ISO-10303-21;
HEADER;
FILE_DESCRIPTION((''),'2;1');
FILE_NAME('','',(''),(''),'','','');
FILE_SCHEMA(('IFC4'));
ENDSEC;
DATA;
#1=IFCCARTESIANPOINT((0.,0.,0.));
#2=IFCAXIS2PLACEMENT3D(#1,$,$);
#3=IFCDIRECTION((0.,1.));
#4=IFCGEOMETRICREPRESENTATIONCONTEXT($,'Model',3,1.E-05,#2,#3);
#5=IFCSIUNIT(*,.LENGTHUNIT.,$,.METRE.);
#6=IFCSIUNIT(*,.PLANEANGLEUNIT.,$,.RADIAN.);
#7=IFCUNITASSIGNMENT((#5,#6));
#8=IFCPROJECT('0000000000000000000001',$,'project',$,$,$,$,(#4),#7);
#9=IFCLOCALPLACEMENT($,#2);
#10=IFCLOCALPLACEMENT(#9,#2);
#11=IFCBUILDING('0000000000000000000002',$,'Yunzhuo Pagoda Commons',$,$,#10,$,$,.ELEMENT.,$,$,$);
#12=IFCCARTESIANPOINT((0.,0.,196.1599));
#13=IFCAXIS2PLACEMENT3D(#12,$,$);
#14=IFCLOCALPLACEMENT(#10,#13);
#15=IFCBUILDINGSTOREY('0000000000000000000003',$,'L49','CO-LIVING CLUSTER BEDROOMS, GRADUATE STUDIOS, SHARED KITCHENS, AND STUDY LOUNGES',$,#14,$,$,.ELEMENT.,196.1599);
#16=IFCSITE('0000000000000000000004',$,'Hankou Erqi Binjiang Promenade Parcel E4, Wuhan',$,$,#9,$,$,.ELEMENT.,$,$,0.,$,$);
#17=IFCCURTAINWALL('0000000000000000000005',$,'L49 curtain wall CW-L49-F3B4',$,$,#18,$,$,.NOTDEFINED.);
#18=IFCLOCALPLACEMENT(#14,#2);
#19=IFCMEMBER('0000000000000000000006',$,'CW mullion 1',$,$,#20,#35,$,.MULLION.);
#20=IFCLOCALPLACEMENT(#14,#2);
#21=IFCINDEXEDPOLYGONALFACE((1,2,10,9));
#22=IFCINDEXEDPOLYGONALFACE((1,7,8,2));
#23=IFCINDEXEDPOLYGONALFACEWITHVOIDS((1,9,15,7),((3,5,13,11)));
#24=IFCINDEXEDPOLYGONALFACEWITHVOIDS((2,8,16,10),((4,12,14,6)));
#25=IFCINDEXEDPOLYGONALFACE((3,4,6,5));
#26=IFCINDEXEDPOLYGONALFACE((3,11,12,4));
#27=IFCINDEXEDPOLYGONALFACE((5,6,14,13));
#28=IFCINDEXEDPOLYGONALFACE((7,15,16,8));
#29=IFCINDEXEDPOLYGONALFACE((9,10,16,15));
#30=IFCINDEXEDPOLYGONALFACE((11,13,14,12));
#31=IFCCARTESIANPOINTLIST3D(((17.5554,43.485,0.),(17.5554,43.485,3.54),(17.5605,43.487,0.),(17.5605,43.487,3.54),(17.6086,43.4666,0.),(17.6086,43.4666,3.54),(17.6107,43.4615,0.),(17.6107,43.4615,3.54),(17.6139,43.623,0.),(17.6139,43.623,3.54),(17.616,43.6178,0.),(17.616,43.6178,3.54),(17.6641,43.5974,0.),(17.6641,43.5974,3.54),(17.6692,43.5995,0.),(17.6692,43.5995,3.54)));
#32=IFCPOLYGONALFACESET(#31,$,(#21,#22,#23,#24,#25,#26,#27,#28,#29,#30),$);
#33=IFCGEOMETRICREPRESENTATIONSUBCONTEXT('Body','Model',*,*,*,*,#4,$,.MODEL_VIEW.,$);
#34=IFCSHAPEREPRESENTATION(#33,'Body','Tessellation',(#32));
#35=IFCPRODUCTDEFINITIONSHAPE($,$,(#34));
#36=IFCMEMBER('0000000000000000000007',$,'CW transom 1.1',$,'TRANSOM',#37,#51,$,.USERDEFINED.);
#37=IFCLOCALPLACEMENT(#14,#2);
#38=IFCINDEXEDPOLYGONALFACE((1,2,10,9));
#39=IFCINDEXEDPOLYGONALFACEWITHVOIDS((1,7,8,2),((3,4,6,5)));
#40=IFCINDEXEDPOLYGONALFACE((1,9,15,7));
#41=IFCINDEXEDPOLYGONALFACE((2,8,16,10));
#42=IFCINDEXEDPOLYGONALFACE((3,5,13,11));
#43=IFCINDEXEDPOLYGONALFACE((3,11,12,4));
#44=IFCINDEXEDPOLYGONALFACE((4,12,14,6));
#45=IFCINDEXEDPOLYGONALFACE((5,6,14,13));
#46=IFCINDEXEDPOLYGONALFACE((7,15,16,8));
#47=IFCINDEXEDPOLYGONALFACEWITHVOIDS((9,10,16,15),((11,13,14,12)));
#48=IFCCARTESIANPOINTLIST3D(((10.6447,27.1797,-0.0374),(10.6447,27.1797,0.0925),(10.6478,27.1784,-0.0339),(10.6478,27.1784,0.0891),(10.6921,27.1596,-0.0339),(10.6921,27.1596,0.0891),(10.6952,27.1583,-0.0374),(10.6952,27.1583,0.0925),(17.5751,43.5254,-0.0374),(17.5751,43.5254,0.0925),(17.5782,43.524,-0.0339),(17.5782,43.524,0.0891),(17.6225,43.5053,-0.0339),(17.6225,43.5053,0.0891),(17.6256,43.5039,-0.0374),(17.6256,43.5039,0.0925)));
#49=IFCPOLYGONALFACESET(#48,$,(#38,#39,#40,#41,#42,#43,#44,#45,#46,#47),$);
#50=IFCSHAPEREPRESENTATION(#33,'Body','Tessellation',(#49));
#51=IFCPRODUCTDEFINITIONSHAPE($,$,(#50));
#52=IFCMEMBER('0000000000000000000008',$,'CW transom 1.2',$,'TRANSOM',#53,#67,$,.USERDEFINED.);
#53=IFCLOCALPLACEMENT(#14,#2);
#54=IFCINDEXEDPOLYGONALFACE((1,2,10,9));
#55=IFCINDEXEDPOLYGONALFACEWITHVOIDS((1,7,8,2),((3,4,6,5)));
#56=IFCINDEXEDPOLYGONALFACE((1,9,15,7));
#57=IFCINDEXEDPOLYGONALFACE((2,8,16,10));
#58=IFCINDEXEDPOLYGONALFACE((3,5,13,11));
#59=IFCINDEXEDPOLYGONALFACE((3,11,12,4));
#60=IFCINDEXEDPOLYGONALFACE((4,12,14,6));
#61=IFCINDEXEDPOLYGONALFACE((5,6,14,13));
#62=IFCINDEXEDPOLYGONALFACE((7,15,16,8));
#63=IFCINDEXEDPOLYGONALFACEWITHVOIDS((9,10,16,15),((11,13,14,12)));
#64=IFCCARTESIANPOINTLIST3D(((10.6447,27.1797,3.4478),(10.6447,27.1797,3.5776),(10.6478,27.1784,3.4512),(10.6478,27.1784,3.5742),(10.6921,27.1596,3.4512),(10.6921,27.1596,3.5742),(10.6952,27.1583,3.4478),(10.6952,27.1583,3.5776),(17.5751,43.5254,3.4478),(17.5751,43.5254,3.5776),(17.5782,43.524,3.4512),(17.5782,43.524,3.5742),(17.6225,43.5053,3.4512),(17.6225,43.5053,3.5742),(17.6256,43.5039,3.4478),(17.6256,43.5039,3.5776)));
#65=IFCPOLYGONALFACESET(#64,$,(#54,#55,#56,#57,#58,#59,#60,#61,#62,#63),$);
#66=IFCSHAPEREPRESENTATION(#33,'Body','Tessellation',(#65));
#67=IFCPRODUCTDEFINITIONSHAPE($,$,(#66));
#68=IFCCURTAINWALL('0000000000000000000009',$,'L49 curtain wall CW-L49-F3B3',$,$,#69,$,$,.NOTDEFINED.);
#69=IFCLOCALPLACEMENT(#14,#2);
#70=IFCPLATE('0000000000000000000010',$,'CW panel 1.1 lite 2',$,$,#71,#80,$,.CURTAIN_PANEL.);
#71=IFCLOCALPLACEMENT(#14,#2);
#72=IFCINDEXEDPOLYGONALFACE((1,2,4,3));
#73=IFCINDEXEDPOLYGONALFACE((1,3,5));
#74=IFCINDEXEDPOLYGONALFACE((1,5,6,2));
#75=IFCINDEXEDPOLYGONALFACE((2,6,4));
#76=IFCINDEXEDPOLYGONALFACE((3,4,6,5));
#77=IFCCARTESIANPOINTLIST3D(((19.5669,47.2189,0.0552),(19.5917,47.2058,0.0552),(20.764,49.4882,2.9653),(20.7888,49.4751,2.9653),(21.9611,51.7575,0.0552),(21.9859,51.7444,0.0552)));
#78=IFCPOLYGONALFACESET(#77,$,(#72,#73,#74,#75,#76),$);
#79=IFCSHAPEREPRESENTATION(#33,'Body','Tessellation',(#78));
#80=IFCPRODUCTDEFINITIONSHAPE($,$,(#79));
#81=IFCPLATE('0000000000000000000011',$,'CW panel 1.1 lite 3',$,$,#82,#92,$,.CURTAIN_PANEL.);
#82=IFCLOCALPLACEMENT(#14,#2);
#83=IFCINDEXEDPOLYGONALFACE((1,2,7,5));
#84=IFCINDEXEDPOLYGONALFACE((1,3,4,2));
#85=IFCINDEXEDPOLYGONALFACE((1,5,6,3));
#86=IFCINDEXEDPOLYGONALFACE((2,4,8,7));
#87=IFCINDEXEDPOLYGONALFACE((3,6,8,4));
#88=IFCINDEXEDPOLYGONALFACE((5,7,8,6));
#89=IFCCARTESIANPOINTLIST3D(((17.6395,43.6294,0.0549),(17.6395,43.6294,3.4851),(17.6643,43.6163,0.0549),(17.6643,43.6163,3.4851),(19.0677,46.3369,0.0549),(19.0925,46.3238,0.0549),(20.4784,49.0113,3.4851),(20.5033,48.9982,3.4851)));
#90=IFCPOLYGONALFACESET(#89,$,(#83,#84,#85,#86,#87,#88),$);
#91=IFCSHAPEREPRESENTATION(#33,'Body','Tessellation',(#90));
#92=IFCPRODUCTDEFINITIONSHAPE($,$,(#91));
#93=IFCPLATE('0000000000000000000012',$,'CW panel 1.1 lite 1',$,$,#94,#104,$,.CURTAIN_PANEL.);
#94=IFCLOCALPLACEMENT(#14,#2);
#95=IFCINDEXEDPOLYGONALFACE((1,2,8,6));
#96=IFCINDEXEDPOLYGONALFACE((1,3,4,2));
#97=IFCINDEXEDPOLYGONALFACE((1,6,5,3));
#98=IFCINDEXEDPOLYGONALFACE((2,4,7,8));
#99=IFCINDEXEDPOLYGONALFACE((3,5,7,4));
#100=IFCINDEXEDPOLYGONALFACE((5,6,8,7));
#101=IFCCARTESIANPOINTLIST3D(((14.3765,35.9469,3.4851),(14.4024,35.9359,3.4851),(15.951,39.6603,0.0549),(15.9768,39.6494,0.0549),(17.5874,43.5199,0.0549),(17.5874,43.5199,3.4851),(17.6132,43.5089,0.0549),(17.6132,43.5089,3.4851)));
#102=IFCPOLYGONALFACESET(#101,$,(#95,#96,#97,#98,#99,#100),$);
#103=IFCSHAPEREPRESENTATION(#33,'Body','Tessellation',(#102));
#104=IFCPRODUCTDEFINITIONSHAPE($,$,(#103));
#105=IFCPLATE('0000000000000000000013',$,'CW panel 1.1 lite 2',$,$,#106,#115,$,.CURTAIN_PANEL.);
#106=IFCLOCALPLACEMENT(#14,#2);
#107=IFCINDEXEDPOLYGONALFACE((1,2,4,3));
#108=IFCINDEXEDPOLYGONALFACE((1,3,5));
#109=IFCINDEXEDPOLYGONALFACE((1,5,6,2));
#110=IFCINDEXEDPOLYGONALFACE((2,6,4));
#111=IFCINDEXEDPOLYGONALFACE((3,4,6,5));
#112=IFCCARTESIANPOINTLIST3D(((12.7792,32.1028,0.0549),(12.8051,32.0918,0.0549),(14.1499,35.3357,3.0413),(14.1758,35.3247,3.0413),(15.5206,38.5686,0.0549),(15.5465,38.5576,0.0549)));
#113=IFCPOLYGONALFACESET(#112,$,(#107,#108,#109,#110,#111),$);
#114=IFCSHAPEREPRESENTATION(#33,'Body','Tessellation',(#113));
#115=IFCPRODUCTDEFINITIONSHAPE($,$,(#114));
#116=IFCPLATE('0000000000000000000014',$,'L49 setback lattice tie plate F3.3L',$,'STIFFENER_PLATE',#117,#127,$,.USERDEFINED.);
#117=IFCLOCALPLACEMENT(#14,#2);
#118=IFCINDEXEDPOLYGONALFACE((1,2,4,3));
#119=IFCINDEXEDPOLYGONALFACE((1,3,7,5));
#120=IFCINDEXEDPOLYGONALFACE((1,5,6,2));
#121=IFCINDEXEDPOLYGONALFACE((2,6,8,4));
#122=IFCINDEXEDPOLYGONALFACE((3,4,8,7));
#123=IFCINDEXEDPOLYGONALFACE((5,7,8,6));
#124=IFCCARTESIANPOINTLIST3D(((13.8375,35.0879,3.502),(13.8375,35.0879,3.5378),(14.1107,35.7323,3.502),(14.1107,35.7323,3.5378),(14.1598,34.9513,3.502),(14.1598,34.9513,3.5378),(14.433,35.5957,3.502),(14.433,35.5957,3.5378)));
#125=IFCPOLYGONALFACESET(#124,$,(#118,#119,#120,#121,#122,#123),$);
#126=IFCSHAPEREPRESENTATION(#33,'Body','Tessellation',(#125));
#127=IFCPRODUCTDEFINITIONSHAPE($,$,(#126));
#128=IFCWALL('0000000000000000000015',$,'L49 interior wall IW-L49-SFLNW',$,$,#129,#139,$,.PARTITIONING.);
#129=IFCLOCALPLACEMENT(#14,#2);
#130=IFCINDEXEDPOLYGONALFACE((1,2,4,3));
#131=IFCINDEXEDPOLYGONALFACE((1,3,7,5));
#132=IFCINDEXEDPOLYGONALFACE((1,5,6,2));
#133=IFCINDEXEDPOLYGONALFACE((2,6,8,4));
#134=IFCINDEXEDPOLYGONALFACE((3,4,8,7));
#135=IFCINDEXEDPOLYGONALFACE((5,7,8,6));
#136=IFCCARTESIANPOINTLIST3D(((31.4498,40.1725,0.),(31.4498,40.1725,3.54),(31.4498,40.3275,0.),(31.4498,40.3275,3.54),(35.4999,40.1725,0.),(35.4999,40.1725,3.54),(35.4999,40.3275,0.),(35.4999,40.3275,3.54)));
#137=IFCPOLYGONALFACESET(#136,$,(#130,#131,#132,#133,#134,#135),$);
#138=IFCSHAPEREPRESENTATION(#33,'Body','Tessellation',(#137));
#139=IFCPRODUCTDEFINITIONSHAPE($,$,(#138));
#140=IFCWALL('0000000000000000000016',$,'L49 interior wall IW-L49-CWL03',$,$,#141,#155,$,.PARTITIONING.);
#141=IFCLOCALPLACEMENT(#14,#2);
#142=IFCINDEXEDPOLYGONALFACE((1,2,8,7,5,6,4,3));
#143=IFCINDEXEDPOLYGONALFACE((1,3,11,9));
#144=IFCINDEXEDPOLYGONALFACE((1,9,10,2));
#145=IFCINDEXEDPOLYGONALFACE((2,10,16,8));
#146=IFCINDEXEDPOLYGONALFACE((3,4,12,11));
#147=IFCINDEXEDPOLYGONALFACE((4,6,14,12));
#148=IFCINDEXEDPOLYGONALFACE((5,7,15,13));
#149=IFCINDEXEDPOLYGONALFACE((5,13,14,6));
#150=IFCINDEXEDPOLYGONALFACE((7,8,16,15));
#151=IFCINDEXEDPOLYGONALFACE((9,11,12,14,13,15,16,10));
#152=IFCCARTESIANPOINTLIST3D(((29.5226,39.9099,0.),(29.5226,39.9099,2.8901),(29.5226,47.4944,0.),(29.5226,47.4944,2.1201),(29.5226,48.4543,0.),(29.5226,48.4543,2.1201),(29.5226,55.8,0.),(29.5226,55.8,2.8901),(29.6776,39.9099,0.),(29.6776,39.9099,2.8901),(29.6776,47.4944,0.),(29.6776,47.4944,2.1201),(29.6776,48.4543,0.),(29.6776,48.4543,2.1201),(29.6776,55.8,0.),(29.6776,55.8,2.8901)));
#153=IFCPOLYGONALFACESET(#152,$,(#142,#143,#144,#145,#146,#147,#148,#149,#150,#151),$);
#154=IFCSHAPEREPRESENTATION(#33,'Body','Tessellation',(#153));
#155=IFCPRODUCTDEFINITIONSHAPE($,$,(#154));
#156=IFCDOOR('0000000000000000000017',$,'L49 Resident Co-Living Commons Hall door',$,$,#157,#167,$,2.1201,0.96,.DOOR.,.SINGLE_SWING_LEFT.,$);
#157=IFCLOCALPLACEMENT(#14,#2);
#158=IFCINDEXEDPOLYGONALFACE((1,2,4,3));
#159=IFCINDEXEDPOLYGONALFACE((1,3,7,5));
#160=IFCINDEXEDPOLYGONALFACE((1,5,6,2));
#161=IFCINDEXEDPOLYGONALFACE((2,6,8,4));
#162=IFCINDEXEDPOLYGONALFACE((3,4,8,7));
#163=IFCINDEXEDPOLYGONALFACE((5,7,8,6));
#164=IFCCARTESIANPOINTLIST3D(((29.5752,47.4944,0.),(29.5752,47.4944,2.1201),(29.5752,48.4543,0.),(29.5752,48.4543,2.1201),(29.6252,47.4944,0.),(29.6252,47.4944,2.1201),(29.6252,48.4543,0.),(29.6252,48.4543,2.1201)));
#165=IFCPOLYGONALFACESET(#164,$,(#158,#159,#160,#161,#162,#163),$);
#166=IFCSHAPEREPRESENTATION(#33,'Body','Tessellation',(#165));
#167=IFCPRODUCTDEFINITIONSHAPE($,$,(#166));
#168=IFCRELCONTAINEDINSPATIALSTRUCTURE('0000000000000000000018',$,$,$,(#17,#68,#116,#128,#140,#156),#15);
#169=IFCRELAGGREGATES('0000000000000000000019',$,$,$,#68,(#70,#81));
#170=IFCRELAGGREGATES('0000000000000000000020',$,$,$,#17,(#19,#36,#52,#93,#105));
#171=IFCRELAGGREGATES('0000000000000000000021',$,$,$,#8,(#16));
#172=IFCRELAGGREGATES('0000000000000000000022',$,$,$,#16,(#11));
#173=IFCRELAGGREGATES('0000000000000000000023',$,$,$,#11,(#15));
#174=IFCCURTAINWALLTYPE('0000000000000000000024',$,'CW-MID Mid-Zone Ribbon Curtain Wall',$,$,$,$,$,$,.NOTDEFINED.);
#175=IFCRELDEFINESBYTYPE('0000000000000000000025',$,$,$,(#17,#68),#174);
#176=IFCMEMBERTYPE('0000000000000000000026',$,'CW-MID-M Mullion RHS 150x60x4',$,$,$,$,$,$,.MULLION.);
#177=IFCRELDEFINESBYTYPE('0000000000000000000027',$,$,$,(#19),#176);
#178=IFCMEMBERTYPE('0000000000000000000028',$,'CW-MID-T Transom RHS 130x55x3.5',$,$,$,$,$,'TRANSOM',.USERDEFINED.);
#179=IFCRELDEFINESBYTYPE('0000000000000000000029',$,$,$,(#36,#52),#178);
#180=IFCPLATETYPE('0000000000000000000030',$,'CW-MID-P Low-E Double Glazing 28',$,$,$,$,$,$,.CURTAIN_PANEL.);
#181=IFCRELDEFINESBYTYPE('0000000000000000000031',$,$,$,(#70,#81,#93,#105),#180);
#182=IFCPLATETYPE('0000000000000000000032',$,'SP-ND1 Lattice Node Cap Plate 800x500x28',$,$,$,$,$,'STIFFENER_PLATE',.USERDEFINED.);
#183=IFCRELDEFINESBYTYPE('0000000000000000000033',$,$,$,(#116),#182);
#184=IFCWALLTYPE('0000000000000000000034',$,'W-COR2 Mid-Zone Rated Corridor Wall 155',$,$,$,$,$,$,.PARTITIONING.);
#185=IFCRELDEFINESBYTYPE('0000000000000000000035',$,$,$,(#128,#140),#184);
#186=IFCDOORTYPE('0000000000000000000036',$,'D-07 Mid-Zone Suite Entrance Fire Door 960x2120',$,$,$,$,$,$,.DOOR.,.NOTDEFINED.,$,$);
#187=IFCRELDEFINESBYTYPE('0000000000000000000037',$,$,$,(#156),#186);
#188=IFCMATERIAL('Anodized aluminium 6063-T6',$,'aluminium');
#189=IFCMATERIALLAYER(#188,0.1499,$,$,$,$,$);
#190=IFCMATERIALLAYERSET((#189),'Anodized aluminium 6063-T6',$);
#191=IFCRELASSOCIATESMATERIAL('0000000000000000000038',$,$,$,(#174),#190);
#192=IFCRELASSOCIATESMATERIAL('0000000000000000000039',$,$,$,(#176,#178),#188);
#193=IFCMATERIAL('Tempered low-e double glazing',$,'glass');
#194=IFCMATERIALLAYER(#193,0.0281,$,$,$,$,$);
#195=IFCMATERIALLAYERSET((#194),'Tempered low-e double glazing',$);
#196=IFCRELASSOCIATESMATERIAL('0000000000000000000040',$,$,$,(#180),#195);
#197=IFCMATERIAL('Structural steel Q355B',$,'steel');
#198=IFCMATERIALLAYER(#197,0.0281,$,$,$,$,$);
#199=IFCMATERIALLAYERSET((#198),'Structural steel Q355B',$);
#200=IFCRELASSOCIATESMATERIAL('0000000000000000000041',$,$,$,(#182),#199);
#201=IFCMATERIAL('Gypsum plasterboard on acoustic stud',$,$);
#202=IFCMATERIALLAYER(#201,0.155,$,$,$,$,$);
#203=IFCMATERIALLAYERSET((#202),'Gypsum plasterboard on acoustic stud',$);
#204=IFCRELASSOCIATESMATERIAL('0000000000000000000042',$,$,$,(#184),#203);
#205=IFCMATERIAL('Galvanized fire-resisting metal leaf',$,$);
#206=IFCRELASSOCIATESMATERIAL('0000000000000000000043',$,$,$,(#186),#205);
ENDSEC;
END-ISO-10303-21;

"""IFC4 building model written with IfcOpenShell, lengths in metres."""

from ifc_helpers import new_model, si_unit, direction, frame, frame_2d, origin, origin_with_axes, origin_2d, place, context, subcontext, project, spatial, polyline, rectangle, hollow_rectangle, outline, extrude, source, transform, mapped, material, layer, layer_set, material_profile, profile_set, type_object, element, fill, aggregate, save


model = new_model("IFC4")

# Units and contexts
model_context = context("Model", 3, precision=1e-05, world=origin(), true_north=direction((0.0, 1.0)))
body_context = subcontext(model_context, "Body", "Model", "MODEL_VIEW")
ifc_project = project(units=[si_unit("LENGTHUNIT", "METRE"), si_unit("PLANEANGLEUNIT", "RADIAN")], contexts=[model_context])

# Site, building, storey
site_placement = place(None, origin())
site = spatial("IfcSite", under=ifc_project, at=site_placement, Name="Hankou Erqi Binjiang Promenade Parcel E4, Wuhan", CompositionType="ELEMENT", RefElevation=0.0)
building_placement = place(site_placement, origin())
building = spatial("IfcBuilding", under=site, at=building_placement, Name="Yunzhuo Pagoda Commons", CompositionType="ELEMENT")
storey_placement = place(building_placement, frame((0.0, 0.0, 196.1599)))
storey = spatial("IfcBuildingStorey", under=building, at=storey_placement, Name="L49", Description="CO-LIVING CLUSTER BEDROOMS, GRADUATE STUDIOS, SHARED KITCHENS, AND STUDY LOUNGES", CompositionType="ELEMENT", Elevation=196.1599)

# Shared definitions
ifc_material_1 = material(Name="Structural steel Q355B", Category="steel")

# Curtain wall, members
ifc_material_2 = material(Name="Anodized aluminium 6063-T6", Category="aluminium")
ifc_layer_1 = layer(ifc_material_2, 0.1499)
ifc_layer_set_1 = layer_set([ifc_layer_1], Name="Anodized aluminium 6063-T6")
curtain_wall_type = type_object("IfcCurtainWallType", Name="CW-MID Mid-Zone Ribbon Curtain Wall", PredefinedType="NOTDEFINED", material=ifc_layer_set_1)
curtain_wall_1_placement = place(storey_placement, origin())
curtain_wall_1 = element("IfcCurtainWall", 1, at=curtain_wall_1_placement, inside=storey, type_object=curtain_wall_type, Name="L49 curtain wall CW-L49-F3B4", PredefinedType="NOTDEFINED")
ifc_material_profile_1 = material_profile(ifc_material_2, hollow_rectangle(XDim=0.0601, YDim=0.1499, WallThickness=0.0039, at=origin_2d()), Name="Anodized aluminium 6063-T6")
ifc_profile_set_1 = profile_set([ifc_material_profile_1], Name="Anodized aluminium 6063-T6")
member_type_1 = type_object("IfcMemberType", Name="CW-MID-M Mullion RHS 150x60x4", PredefinedType="MULLION", material=ifc_profile_set_1)
shared_shape_1 = source(origin(), body_context, "Body", "SweptSolid", [
    extrude(hollow_rectangle(XDim=0.0601, YDim=0.1499, WallThickness=0.0039, at=origin_2d()), origin(), (0.0, 0.0, 1.0), 3.54),
])
member_1_placement = place(storey_placement, frame((17.6123, 43.5422, 0.0), z_axis=(0.0, 0.0, 1.0), x_axis=(0.920667, -0.39035, 0.0)))
member_1 = element("IfcMember", 2, at=member_1_placement, type_object=member_type_1, Name="CW mullion 1", PredefinedType="MULLION", context=body_context, shape_type="MappedRepresentation", body=[
    mapped(shared_shape_1, transform((0.0, 0.0, 0.0), scale=1.0)),
])
ifc_material_profile_2 = material_profile(ifc_material_2, hollow_rectangle(XDim=0.0549, YDim=0.1299, WallThickness=0.0034, at=origin_2d()), Name="Anodized aluminium 6063-T6")
ifc_profile_set_2 = profile_set([ifc_material_profile_2], Name="Anodized aluminium 6063-T6")
member_type_2 = type_object("IfcMemberType", Name="CW-MID-T Transom RHS 130x55x3.5", ElementType="TRANSOM", PredefinedType="USERDEFINED", material=ifc_profile_set_2)
shared_shape_2 = source(origin(), body_context, "Body", "SweptSolid", [
    extrude(hollow_rectangle(XDim=0.0549, YDim=0.1299, WallThickness=0.0034, at=origin_2d()), origin(), (0.0, 0.0, 1.0), 17.7542),
])
member_2_placement = place(storey_placement, frame((17.6003, 43.5146, 0.0276), z_axis=(-0.390353, -0.920665, 0.0), x_axis=(0.920665, -0.390353, 0.0)))
member_2 = element("IfcMember", 3, at=member_2_placement, type_object=member_type_2, Name="CW transom 1.1", ObjectType="TRANSOM", PredefinedType="USERDEFINED", context=body_context, shape_type="MappedRepresentation", body=[
    mapped(shared_shape_2, transform((0.0, 0.0, 0.0), scale=1.0)),
])
member_3_placement = place(storey_placement, frame((17.6003, 43.5146, 3.5127), z_axis=(-0.390353, -0.920665, 0.0), x_axis=(0.920665, -0.390353, 0.0)))
member_3 = element("IfcMember", 4, at=member_3_placement, type_object=member_type_2, Name="CW transom 1.2", ObjectType="TRANSOM", PredefinedType="USERDEFINED", context=body_context, shape_type="MappedRepresentation", body=[
    mapped(shared_shape_2, transform((0.0, 0.0, 0.0), scale=1.0)),
])

# Curtain wall, plates
curtain_wall_2_placement = place(storey_placement, origin())
curtain_wall_2 = element("IfcCurtainWall", 5, at=curtain_wall_2_placement, inside=storey, type_object=curtain_wall_type, Name="L49 curtain wall CW-L49-F3B3", PredefinedType="NOTDEFINED")
ifc_material_3 = material(Name="Tempered low-e double glazing", Category="glass")
ifc_layer_2 = layer(ifc_material_3, 0.0281)
ifc_layer_set_2 = layer_set([ifc_layer_2], Name="Tempered low-e double glazing")
plate_type_1 = type_object("IfcPlateType", Name="CW-MID-P Low-E Double Glazing 28", PredefinedType="CURTAIN_PANEL", material=ifc_layer_set_2)
plate_1_placement = place(storey_placement, frame((20.7888, 49.4751, 1.5103), z_axis=(-0.884484, 0.466571, 0.0), x_axis=(-0.466571, -0.884484, 0.0)))
plate_1 = element("IfcPlate", 6, at=plate_1_placement, type_object=plate_type_1, Name="CW panel 1.1 lite 2", PredefinedType="CURTAIN_PANEL", context=body_context, shape_type="SweptSolid", body=[
    extrude(outline(polyline([(-2.5657, -1.4551), (2.5657, -1.4551), (0.0, 1.4551), (-2.5657, -1.4551)])), origin(), (0.0, 0.0, 1.0), 0.0281),
])
plate_2_placement = place(storey_placement, frame((19.0837, 46.3071, 1.77), z_axis=(-0.884484, 0.466571, 0.0), x_axis=(-0.466571, -0.884484, 0.0)))
plate_2 = element("IfcPlate", 7, at=plate_2_placement, type_object=plate_type_1, Name="CW panel 1.1 lite 3", PredefinedType="CURTAIN_PANEL", context=body_context, shape_type="SweptSolid", body=[
    extrude(outline(polyline([(-3.0425, 1.7151), (-0.0188, -1.7151), (3.0422, -1.7151), (3.0422, 1.7151), (-3.0425, 1.7151)])), origin(), (0.0, 0.0, 1.0), 0.0281),
])
aggregate(curtain_wall_2, [plate_1, plate_2])

# Plates
plate_3_placement = place(storey_placement, frame((16.0078, 39.7224, 1.77), z_axis=(-0.920667, 0.39035, 0.0), x_axis=(-0.39035, -0.920667, 0.0)))
plate_3 = element("IfcPlate", 8, at=plate_3_placement, type_object=plate_type_1, Name="CW panel 1.1 lite 1", PredefinedType="CURTAIN_PANEL", context=body_context, shape_type="SweptSolid", body=[
    extrude(outline(polyline([(-4.1128, -1.7151), (0.0793, -1.7151), (4.1128, 1.7151), (-4.1128, 1.7151), (-4.1128, -1.7151)])), origin(), (0.0, 0.0, 1.0), 0.0281),
])
plate_4_placement = place(storey_placement, frame((14.1758, 35.3247, 1.5481), z_axis=(-0.920667, 0.39035, 0.0), x_axis=(-0.39035, -0.920667, 0.0)))
plate_4 = element("IfcPlate", 9, at=plate_4_placement, type_object=plate_type_1, Name="CW panel 1.1 lite 2", PredefinedType="CURTAIN_PANEL", context=body_context, shape_type="SweptSolid", body=[
    extrude(outline(polyline([(-3.5115, -1.4932), (3.5115, -1.4932), (0.0, 1.4932), (-3.5115, -1.4932)])), origin(), (0.0, 0.0, 1.0), 0.0281),
])
aggregate(curtain_wall_1, [member_1, member_2, member_3, plate_3, plate_4])
ifc_layer_3 = layer(ifc_material_1, 0.0281)
ifc_layer_set_3 = layer_set([ifc_layer_3], Name="Structural steel Q355B")
plate_type_2 = type_object("IfcPlateType", Name="SP-ND1 Lattice Node Cap Plate 800x500x28", ElementType="STIFFENER_PLATE", PredefinedType="USERDEFINED", material=ifc_layer_set_3)
shared_shape_3 = source(origin(), body_context, "Body", "SweptSolid", [
    extrude(rectangle(XDim=0.7, YDim=0.3501, at=origin_2d()), origin(), (0.0, 0.0, 1.0), 0.0359),
])
plate_5_placement = place(storey_placement, frame((14.1353, 35.3418, 3.502), z_axis=(0.0, 0.0, 1.0), x_axis=(-0.390346, -0.920668, 0.0)))
element("IfcPlate", 10, at=plate_5_placement, inside=storey, type_object=plate_type_2, Name="L49 setback lattice tie plate F3.3L", ObjectType="STIFFENER_PLATE", PredefinedType="USERDEFINED", context=body_context, shape_type="MappedRepresentation", body=[
    mapped(shared_shape_3, transform((0.0, 0.0, 0.0), scale=1.0)),
])

# Wall
ifc_material_4 = material(Name="Gypsum plasterboard on acoustic stud")
ifc_layer_4 = layer(ifc_material_4, 0.155)
ifc_layer_set_4 = layer_set([ifc_layer_4], Name="Gypsum plasterboard on acoustic stud")
wall_type_1 = type_object("IfcWallType", Name="W-COR2 Mid-Zone Rated Corridor Wall 155", PredefinedType="PARTITIONING", material=ifc_layer_set_4)
wall_1_placement = place(storey_placement, frame((31.45, 40.25, 0.0), z_axis=(0.0, 0.0, 1.0), x_axis=(1.0, 0.0, 0.0)))
element("IfcWall", 11, at=wall_1_placement, inside=storey, type_object=wall_type_1, Name="L49 interior wall IW-L49-SFLNW", PredefinedType="PARTITIONING", context=body_context, shape_type="SweptSolid", body=[
    extrude(rectangle(XDim=4.05, YDim=0.155, at=frame_2d((2.0249, 0.0))), origin(), (0.0, 0.0, 1.0), 3.54),
])

# Wall, opening, door
wall_2_placement = place(storey_placement, frame((29.6001, 39.9099, 0.0), z_axis=(0.0, 0.0, 1.0), x_axis=(0.0, 1.0, 0.0)))
wall_2 = element("IfcWall", 12, at=wall_2_placement, inside=storey, type_object=wall_type_1, Name="L49 interior wall IW-L49-CWL03", PredefinedType="PARTITIONING", context=body_context, shape_type="SweptSolid", body=[
    extrude(rectangle(XDim=15.8901, YDim=0.155, at=frame_2d((7.9451, 0.0))), origin(), (0.0, 0.0, 1.0), 2.8901),
])
opening_placement = place(wall_2_placement, frame((7.5845, 0.0, 0.0)))
opening = element("IfcOpeningElement", 13, at=opening_placement, cuts=wall_2, PredefinedType="OPENING", context=body_context, shape_type="SweptSolid", body=[
    extrude(rectangle(XDim=0.96, YDim=2.1201, at=frame_2d((0.48, 1.0601))), frame((0.0, 0.0874, 0.0), z_axis=(0.0, -1.0, 0.0), x_axis=(1.0, 0.0, 0.0)), (0.0, 0.0, 1.0), 0.175),
])
ifc_material_5 = material(Name="Galvanized fire-resisting metal leaf")
door_type = type_object("IfcDoorType", Name="D-07 Mid-Zone Suite Entrance Fire Door 960x2120", OperationType="NOTDEFINED", PredefinedType="DOOR", material=ifc_material_5)
shared_shape_4 = source(origin(), body_context, "Body", "SweptSolid", [
    extrude(rectangle(XDim=0.96, YDim=2.1201, at=frame_2d((0.48, 1.0601))), frame((0.0, 0.0249, 0.0), z_axis=(0.0, -1.0, 0.0), x_axis=(1.0, 0.0, 0.0)), (0.0, 0.0, 1.0), 0.05),
])
door_placement = place(opening_placement, origin_with_axes())
door = element("IfcDoor", 14, at=door_placement, inside=storey, type_object=door_type, Name="L49 Resident Co-Living Commons Hall door", OperationType="SINGLE_SWING_LEFT", OverallHeight=2.1201, OverallWidth=0.96, PredefinedType="DOOR", context=body_context, shape_type="MappedRepresentation", body=[
    mapped(shared_shape_4, transform((0.0, 0.0, 0.0), scale=1.0)),
])
fill(opening, door)

save(model, "model.ifc")
